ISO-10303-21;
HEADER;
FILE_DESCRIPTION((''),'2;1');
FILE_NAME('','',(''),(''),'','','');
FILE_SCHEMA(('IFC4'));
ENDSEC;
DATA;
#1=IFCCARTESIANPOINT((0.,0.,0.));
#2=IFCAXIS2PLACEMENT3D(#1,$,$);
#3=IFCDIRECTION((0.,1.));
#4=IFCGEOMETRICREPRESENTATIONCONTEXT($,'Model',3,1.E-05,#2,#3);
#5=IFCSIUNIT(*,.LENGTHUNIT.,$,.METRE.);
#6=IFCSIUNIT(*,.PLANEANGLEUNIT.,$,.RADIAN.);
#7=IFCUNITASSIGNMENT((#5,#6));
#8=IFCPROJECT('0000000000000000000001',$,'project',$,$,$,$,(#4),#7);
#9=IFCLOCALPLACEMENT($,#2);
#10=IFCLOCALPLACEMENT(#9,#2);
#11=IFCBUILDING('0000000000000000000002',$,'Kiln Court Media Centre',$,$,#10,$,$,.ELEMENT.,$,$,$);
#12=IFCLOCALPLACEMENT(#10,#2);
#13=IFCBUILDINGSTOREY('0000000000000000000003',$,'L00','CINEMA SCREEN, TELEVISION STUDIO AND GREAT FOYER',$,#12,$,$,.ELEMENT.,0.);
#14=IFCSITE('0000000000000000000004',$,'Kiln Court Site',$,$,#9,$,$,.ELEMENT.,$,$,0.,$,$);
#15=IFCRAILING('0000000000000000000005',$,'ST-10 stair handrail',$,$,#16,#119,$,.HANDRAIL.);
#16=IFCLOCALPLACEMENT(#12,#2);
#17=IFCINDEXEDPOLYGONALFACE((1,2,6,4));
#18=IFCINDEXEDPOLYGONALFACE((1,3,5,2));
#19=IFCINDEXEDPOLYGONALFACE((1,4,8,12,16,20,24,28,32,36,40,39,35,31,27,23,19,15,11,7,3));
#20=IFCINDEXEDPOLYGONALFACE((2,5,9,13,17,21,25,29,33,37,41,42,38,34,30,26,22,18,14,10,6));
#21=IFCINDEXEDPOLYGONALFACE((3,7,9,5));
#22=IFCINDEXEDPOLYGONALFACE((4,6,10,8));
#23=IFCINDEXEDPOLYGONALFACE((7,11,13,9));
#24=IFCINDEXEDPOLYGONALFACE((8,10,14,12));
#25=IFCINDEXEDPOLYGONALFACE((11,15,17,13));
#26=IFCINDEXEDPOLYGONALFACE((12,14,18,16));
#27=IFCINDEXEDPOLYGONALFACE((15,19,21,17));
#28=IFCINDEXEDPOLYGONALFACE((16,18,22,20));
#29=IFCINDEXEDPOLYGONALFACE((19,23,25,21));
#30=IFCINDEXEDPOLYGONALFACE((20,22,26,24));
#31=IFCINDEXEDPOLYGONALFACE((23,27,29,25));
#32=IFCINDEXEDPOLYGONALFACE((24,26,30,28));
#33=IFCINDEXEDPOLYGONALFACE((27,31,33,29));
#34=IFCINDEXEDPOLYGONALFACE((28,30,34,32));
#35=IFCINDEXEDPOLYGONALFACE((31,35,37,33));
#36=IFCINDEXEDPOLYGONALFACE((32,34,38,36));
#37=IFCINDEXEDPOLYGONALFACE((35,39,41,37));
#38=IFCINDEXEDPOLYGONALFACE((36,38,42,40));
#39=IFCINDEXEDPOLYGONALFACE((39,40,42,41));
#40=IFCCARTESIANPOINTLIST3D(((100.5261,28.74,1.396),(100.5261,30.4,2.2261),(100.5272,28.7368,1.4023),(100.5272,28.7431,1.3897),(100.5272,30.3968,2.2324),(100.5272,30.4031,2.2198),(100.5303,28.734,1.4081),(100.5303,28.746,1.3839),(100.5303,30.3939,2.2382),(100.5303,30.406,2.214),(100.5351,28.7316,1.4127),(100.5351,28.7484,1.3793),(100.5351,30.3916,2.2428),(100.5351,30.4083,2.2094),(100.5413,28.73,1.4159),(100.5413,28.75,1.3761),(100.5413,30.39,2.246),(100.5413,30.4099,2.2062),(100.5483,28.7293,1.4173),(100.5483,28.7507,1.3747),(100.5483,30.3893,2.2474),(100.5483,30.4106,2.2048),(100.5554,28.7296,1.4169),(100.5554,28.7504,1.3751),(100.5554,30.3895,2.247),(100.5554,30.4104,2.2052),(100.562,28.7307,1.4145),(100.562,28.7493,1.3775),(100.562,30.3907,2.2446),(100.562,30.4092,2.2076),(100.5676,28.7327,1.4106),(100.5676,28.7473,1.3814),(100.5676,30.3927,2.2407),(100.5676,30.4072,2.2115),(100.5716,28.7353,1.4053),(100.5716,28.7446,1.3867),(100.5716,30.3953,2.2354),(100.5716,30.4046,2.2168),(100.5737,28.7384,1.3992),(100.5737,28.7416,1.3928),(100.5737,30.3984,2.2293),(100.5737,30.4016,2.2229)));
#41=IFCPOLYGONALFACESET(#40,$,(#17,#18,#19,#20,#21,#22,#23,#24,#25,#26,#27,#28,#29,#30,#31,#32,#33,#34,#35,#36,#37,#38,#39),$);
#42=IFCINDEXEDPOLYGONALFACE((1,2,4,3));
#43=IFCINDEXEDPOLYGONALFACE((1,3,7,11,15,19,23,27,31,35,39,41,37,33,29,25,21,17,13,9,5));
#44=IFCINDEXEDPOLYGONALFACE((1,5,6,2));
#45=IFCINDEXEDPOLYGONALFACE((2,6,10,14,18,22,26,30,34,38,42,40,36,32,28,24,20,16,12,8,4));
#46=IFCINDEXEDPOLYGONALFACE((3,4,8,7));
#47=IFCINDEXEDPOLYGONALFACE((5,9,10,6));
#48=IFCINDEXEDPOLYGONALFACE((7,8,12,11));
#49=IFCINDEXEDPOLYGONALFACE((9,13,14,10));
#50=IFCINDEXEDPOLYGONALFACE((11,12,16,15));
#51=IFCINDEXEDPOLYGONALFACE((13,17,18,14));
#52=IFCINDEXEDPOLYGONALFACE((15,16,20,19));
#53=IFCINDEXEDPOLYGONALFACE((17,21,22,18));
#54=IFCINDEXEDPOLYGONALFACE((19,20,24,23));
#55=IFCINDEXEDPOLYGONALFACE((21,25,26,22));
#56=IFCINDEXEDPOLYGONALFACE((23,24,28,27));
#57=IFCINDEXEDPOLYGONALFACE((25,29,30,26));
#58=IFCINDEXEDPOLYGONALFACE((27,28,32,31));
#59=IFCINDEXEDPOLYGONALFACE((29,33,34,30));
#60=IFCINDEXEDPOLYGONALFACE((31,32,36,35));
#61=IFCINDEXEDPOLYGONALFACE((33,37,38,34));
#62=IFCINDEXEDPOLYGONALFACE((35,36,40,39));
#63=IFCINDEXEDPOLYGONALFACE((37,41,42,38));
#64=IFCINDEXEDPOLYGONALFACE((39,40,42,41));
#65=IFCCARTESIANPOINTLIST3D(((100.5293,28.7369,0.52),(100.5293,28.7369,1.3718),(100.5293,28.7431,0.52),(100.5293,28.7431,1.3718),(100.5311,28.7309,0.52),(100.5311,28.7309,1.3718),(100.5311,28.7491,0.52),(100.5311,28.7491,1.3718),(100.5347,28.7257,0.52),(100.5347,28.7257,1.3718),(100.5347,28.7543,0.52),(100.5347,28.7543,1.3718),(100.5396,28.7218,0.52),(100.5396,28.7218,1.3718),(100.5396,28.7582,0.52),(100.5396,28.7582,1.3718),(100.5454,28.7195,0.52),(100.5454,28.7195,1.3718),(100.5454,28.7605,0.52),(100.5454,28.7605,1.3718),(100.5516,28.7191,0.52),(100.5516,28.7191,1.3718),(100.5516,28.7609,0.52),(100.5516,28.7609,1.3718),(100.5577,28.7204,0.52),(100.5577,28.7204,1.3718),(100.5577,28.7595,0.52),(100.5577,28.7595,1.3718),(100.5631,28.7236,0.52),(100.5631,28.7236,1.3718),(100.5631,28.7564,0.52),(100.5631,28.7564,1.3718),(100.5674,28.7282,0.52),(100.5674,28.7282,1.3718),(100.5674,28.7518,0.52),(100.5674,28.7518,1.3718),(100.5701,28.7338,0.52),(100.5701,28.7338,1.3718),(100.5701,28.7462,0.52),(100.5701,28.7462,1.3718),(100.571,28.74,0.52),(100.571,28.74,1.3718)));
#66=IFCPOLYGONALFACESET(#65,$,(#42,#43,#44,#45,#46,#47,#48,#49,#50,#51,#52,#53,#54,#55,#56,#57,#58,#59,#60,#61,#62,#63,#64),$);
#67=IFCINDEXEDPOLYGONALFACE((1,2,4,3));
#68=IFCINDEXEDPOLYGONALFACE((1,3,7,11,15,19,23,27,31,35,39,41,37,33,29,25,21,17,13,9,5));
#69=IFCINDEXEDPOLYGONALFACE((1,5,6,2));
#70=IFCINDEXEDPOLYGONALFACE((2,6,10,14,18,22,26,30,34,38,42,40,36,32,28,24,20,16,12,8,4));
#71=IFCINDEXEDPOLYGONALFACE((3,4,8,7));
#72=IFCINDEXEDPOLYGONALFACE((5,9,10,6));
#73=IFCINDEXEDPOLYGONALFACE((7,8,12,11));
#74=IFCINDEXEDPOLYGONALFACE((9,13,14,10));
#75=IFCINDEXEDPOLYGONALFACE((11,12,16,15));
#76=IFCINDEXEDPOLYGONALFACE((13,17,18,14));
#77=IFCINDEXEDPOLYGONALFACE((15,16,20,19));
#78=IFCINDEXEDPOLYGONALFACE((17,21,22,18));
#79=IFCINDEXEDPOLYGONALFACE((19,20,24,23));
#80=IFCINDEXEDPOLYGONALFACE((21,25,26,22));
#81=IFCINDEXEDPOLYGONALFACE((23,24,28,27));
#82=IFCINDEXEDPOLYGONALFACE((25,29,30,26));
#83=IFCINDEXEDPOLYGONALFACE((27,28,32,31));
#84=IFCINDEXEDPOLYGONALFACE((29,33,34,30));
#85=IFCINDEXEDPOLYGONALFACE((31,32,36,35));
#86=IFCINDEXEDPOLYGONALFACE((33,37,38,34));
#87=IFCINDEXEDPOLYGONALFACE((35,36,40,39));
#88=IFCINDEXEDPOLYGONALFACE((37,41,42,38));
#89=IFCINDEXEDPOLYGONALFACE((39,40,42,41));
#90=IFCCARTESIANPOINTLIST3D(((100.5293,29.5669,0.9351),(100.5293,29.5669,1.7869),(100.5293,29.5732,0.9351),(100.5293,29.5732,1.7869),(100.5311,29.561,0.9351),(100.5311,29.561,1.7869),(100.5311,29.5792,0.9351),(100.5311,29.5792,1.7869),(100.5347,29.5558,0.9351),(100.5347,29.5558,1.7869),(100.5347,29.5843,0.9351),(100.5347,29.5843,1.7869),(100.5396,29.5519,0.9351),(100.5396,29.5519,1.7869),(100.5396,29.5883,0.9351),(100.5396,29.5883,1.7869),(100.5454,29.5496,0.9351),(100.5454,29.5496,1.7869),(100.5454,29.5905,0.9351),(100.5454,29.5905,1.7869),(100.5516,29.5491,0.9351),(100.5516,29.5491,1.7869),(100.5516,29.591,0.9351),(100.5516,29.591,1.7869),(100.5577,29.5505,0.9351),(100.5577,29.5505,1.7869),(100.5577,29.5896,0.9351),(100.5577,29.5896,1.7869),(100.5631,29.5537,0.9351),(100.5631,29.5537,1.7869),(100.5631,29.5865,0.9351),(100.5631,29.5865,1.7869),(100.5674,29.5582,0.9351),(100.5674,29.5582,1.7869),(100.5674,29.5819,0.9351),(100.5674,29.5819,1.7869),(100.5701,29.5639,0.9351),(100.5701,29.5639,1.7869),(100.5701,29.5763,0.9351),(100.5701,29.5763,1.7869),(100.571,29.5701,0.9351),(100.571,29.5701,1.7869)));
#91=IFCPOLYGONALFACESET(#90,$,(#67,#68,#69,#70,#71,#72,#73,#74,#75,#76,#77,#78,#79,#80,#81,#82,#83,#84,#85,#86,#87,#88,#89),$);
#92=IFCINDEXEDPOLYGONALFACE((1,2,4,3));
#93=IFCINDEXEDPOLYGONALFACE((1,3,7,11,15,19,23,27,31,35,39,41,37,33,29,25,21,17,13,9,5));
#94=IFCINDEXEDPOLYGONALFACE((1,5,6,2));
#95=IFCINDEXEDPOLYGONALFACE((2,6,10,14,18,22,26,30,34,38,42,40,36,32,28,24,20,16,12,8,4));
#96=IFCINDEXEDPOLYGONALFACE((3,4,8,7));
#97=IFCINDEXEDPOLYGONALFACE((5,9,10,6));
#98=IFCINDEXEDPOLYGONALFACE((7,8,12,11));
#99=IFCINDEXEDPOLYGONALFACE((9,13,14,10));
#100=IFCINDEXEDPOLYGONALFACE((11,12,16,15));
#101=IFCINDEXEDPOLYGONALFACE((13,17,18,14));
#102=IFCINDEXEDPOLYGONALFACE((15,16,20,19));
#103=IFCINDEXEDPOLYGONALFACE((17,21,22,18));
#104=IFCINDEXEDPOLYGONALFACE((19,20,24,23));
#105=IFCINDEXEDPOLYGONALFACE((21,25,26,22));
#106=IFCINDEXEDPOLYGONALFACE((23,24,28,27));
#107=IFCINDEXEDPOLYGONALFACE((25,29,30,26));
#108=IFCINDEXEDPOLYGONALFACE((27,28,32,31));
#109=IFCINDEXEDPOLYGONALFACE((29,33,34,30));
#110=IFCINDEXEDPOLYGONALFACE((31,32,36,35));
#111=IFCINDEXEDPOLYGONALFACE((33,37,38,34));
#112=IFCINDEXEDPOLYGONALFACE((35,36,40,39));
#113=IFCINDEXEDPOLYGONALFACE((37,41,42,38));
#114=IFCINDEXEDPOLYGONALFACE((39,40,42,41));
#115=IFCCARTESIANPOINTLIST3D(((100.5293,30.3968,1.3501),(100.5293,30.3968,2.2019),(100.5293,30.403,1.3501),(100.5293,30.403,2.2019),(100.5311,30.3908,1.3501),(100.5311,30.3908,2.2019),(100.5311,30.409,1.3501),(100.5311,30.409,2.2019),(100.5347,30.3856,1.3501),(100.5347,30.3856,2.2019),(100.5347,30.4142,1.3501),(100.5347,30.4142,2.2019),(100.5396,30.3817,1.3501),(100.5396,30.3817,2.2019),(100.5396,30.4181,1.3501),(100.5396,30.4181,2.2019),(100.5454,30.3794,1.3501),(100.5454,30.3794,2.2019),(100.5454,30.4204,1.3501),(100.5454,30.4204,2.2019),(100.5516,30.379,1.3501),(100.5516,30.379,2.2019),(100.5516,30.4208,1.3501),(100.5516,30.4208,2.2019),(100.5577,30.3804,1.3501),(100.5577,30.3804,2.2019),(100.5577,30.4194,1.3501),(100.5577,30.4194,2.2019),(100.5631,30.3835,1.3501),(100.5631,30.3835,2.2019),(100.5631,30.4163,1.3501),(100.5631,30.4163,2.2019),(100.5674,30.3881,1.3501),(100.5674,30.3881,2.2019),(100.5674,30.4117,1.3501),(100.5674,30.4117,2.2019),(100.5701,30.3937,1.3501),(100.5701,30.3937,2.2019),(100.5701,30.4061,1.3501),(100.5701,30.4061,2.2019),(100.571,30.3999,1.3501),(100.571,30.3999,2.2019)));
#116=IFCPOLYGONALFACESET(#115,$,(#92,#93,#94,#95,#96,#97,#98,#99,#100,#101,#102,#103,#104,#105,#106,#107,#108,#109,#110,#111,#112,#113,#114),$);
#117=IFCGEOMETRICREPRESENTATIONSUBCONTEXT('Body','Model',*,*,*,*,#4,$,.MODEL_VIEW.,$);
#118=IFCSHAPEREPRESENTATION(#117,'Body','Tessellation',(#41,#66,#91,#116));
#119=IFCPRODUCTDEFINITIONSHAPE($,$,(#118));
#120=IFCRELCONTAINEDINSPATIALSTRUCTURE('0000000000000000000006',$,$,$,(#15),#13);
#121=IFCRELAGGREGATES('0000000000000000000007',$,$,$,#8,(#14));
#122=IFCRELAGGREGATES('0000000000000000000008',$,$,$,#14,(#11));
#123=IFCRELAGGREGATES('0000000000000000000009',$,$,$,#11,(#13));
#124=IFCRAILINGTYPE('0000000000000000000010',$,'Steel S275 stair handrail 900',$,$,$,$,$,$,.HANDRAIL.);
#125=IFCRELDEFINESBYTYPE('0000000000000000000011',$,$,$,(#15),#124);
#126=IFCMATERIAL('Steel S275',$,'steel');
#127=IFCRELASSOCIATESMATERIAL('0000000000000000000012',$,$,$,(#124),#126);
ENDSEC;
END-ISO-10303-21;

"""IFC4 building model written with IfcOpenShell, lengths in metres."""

from ifc_helpers import new_model, si_unit, direction, frame, origin, origin_2d, place, context, subcontext, project, spatial, circle, extrude, material, type_object, element, save


model = new_model("IFC4")

# Units and contexts
model_context = context("Model", 3, precision=1e-05, world=origin(), true_north=direction((0.0, 1.0)))
body_context = subcontext(model_context, "Body", "Model", "MODEL_VIEW")
ifc_project = project(units=[si_unit("LENGTHUNIT", "METRE"), si_unit("PLANEANGLEUNIT", "RADIAN")], contexts=[model_context])

# Site, building, storey
site_placement = place(None, origin())
site = spatial("IfcSite", under=ifc_project, at=site_placement, Name="Kiln Court Site", CompositionType="ELEMENT", RefElevation=0.0)
building_placement = place(site_placement, origin())
building = spatial("IfcBuilding", under=site, at=building_placement, Name="Kiln Court Media Centre", CompositionType="ELEMENT")
storey_placement = place(building_placement, origin())
storey = spatial("IfcBuildingStorey", under=building, at=storey_placement, Name="L00", Description="CINEMA SCREEN, TELEVISION STUDIO AND GREAT FOYER", CompositionType="ELEMENT", Elevation=0.0)

# Railing
ifc_material_1 = material(Name="Steel S275", Category="steel")
railing_type_1 = type_object("IfcRailingType", Name="Steel S275 stair handrail 900", PredefinedType="HANDRAIL", material=ifc_material_1)
railing_1_placement = place(storey_placement, frame((100.55, 28.74, 0.52)))
element("IfcRailing", 1, at=railing_1_placement, inside=storey, type_object=railing_type_1, Name="ST-10 stair handrail", PredefinedType="HANDRAIL", context=body_context, shape_type="SweptSolid", body=[
    extrude(circle(Radius=0.0239, at=origin_2d()), frame((0.0, 0.0, 0.876), z_axis=(0.0, 0.894401, 0.447266), x_axis=(-1.0, 0.0, 0.0)), (0.0, 0.0, 1.0), 1.856),
    extrude(circle(Radius=0.021, at=origin_2d()), origin(), (0.0, 0.0, 1.0), 0.8518),
    extrude(circle(Radius=0.021, at=origin_2d()), frame((0.0, 0.8301, 0.415)), (0.0, 0.0, 1.0), 0.8518),
    extrude(circle(Radius=0.021, at=origin_2d()), frame((0.0, 1.6599, 0.8301)), (0.0, 0.0, 1.0), 0.8518),
])

save(model, "model.ifc")
